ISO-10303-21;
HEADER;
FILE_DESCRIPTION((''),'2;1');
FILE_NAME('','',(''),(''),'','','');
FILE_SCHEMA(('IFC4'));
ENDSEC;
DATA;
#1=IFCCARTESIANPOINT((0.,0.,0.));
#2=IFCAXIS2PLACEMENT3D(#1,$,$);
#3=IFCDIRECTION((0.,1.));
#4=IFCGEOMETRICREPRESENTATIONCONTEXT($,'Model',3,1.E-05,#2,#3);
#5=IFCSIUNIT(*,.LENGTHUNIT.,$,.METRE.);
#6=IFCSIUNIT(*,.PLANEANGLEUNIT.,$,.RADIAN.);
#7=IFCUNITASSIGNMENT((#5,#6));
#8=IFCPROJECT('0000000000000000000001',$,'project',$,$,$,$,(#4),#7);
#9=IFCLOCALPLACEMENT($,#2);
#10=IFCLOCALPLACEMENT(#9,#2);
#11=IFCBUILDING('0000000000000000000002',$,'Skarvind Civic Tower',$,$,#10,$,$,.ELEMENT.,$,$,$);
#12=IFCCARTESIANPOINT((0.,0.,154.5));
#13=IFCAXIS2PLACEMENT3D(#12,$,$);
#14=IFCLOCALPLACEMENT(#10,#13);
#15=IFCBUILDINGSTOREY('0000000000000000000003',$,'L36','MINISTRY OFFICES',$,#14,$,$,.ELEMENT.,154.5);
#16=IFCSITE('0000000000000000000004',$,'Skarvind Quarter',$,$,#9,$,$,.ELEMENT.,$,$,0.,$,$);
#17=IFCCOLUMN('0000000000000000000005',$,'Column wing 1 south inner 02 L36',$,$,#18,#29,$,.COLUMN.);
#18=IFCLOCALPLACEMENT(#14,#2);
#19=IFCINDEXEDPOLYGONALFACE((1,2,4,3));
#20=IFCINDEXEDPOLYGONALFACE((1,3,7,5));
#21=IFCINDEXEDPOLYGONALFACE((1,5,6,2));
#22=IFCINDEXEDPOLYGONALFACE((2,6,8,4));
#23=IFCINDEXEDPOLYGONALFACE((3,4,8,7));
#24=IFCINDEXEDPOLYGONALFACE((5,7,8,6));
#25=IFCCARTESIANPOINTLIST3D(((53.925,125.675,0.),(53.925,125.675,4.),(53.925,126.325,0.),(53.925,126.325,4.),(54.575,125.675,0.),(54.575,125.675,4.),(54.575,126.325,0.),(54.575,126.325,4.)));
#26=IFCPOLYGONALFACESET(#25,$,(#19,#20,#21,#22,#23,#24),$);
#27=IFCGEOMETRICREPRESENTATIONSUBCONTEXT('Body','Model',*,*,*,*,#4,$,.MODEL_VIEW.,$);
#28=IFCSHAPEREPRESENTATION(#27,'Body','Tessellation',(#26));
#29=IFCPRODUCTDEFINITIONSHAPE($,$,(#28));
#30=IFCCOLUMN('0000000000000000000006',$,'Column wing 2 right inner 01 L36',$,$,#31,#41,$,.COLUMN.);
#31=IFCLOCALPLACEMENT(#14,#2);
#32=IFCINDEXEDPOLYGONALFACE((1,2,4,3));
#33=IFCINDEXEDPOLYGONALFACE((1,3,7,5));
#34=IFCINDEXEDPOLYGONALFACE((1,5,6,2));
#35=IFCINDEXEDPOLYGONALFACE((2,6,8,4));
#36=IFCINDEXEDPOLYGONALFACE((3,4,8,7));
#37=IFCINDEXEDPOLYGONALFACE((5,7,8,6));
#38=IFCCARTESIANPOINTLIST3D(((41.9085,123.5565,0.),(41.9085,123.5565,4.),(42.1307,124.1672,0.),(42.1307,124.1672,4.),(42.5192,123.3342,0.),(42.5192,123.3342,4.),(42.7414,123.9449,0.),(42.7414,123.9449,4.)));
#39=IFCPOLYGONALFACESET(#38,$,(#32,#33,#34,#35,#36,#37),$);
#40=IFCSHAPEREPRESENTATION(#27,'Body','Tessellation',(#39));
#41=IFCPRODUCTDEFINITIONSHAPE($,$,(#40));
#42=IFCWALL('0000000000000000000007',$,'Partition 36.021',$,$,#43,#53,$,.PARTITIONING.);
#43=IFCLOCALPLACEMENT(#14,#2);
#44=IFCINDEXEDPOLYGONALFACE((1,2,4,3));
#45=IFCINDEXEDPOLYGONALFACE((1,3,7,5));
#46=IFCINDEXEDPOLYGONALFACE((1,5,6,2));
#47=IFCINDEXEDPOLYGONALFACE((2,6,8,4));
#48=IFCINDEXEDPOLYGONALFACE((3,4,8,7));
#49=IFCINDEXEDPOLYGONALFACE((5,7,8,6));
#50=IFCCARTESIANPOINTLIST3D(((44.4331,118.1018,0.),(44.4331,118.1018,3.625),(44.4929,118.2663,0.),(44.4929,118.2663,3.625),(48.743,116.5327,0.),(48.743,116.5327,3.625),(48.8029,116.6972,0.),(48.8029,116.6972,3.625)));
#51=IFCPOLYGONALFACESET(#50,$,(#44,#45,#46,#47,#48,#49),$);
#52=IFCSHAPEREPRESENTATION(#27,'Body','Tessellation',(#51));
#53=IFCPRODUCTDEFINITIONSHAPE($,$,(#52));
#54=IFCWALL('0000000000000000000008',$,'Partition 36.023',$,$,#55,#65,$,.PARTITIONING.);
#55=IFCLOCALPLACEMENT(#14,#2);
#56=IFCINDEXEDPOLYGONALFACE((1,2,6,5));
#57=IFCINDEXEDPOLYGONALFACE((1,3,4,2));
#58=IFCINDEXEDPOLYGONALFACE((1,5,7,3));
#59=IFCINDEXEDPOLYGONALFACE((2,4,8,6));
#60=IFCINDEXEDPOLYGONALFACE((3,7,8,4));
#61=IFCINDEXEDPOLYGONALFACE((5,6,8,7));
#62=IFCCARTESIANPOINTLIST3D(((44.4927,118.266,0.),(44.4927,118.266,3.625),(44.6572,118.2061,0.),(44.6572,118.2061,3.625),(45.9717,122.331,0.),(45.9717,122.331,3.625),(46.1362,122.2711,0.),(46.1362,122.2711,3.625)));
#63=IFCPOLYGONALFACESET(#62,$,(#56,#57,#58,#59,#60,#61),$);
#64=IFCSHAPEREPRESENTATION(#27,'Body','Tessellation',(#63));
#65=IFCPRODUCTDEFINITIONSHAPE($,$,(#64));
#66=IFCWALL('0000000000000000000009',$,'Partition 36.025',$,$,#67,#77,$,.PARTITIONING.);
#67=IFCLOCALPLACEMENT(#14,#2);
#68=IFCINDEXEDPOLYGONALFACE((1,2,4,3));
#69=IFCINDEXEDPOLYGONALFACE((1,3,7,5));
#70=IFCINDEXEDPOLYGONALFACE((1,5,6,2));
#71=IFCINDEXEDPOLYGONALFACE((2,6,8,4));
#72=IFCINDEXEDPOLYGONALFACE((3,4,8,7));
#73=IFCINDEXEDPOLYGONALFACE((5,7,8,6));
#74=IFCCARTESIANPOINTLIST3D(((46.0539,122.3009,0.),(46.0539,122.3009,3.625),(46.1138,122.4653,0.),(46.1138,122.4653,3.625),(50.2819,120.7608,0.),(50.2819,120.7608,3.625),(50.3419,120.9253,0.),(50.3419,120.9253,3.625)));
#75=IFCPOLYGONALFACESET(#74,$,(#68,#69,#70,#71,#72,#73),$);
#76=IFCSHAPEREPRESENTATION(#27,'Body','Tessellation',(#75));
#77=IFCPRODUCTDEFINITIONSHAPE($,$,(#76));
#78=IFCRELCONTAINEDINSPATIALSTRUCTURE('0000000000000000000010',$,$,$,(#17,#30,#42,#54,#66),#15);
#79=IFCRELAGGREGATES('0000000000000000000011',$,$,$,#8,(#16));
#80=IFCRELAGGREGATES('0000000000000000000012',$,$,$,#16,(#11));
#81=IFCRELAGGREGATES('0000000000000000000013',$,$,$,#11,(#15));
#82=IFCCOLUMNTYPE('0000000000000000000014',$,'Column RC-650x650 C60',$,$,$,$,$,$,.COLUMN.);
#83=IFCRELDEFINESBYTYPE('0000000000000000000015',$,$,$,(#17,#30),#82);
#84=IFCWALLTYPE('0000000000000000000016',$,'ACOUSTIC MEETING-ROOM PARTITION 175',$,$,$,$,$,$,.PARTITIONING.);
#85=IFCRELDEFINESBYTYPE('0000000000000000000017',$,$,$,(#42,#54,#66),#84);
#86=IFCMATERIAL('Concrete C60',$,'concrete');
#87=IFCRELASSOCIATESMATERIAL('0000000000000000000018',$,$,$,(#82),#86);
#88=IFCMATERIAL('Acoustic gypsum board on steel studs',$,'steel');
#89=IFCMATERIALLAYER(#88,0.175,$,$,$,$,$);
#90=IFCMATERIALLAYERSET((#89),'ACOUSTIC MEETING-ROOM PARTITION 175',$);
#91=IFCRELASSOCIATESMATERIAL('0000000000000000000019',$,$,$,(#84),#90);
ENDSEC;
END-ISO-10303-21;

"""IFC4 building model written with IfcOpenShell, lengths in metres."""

from ifc_helpers import new_model, si_unit, direction, frame, frame_2d, origin, origin_2d, place, context, subcontext, project, spatial, rectangle, extrude, material, layer, layer_set, material_profile, profile_set, type_object, element, save


model = new_model("IFC4")

# Units and contexts
model_context = context("Model", 3, precision=1e-05, world=origin(), true_north=direction((0.0, 1.0)))
body_context = subcontext(model_context, "Body", "Model", "MODEL_VIEW")
ifc_project = project(units=[si_unit("LENGTHUNIT", "METRE"), si_unit("PLANEANGLEUNIT", "RADIAN")], contexts=[model_context])

# Site, building, storey
site_placement = place(None, origin())
site = spatial("IfcSite", under=ifc_project, at=site_placement, Name="Skarvind Quarter", CompositionType="ELEMENT", RefElevation=0.0)
building_placement = place(site_placement, origin())
building = spatial("IfcBuilding", under=site, at=building_placement, Name="Skarvind Civic Tower", CompositionType="ELEMENT")
storey_placement = place(building_placement, frame((0.0, 0.0, 154.5)))
storey = spatial("IfcBuildingStorey", under=building, at=storey_placement, Name="L36", Description="MINISTRY OFFICES", CompositionType="ELEMENT", Elevation=154.5)

# Columns
ifc_material_1 = material(Name="Concrete C60", Category="concrete")
ifc_material_profile = material_profile(ifc_material_1, rectangle(XDim=0.6499, YDim=0.6499, at=origin_2d()), Name="RC-650x650")
ifc_profile_set = profile_set([ifc_material_profile], Name="Concrete C60")
column_type = type_object("IfcColumnType", Name="Column RC-650x650 C60", PredefinedType="COLUMN", material=ifc_profile_set)
for number, where, z_axis, x_axis, name in (
    (1, (54.25, 126.0, 0.0), (0.0, 0.0, 1.0), (1.0, 0.0, 0.0), "Column wing 1 south inner 02 L36"),
    (2, (42.325, 123.7507, 0.0), (0.0, 0.0, 1.0), (-0.34202, -0.939693, 0.0), "Column wing 2 right inner 01 L36"),
):
    element("IfcColumn", number, at=place(storey_placement, frame(where, z_axis=z_axis, x_axis=x_axis)), inside=storey, type_object=column_type, Name=name, PredefinedType="COLUMN", context=body_context, shape_type="SweptSolid", body=[
        extrude(rectangle(XDim=0.6499, YDim=0.6499, at=origin_2d()), origin(), (0.0, 0.0, 1.0), 4.0),
    ])

# Walls
ifc_material_2 = material(Name="Acoustic gypsum board on steel studs", Category="steel")
ifc_layer_1 = layer(ifc_material_2, 0.175)
ifc_layer_set_1 = layer_set([ifc_layer_1], Name="ACOUSTIC MEETING-ROOM PARTITION 175")
wall_type_1 = type_object("IfcWallType", Name="ACOUSTIC MEETING-ROOM PARTITION 175", PredefinedType="PARTITIONING", material=ifc_layer_set_1)
wall_1_placement = place(storey_placement, frame((44.4629, 118.1841, 0.0), z_axis=(0.0, 0.0, 1.0), x_axis=(0.939667, -0.342089, 0.0)))
element("IfcWall", 3, at=wall_1_placement, inside=storey, type_object=wall_type_1, Name="Partition 36.021", PredefinedType="PARTITIONING", context=body_context, shape_type="SweptSolid", body=[
    extrude(rectangle(XDim=4.5867, YDim=0.175, at=frame_2d((2.2935, 0.0))), origin(), (0.0, 0.0, 1.0), 3.625),
])
wall_2_placement = place(storey_placement, frame((46.054, 122.301, 0.0), z_axis=(0.0, 0.0, 1.0), x_axis=(-0.341915, -0.939731, 0.0)))
element("IfcWall", 4, at=wall_2_placement, inside=storey, type_object=wall_type_1, Name="Partition 36.023", PredefinedType="PARTITIONING", context=body_context, shape_type="SweptSolid", body=[
    extrude(rectangle(XDim=4.3257, YDim=0.175, at=frame_2d((2.1628, 0.0))), origin(), (0.0, 0.0, 1.0), 3.625),
])
wall_3_placement = place(storey_placement, frame((50.312, 120.843, 0.0), z_axis=(0.0, 0.0, 1.0), x_axis=(-0.93961, 0.342248, 0.0)))
element("IfcWall", 5, at=wall_3_placement, inside=storey, type_object=wall_type_1, Name="Partition 36.025", PredefinedType="PARTITIONING", context=body_context, shape_type="SweptSolid", body=[
    extrude(rectangle(XDim=4.4998, YDim=0.175, at=frame_2d((2.25, 0.0))), origin(), (0.0, 0.0, 1.0), 3.625),
])

save(model, "model.ifc")
